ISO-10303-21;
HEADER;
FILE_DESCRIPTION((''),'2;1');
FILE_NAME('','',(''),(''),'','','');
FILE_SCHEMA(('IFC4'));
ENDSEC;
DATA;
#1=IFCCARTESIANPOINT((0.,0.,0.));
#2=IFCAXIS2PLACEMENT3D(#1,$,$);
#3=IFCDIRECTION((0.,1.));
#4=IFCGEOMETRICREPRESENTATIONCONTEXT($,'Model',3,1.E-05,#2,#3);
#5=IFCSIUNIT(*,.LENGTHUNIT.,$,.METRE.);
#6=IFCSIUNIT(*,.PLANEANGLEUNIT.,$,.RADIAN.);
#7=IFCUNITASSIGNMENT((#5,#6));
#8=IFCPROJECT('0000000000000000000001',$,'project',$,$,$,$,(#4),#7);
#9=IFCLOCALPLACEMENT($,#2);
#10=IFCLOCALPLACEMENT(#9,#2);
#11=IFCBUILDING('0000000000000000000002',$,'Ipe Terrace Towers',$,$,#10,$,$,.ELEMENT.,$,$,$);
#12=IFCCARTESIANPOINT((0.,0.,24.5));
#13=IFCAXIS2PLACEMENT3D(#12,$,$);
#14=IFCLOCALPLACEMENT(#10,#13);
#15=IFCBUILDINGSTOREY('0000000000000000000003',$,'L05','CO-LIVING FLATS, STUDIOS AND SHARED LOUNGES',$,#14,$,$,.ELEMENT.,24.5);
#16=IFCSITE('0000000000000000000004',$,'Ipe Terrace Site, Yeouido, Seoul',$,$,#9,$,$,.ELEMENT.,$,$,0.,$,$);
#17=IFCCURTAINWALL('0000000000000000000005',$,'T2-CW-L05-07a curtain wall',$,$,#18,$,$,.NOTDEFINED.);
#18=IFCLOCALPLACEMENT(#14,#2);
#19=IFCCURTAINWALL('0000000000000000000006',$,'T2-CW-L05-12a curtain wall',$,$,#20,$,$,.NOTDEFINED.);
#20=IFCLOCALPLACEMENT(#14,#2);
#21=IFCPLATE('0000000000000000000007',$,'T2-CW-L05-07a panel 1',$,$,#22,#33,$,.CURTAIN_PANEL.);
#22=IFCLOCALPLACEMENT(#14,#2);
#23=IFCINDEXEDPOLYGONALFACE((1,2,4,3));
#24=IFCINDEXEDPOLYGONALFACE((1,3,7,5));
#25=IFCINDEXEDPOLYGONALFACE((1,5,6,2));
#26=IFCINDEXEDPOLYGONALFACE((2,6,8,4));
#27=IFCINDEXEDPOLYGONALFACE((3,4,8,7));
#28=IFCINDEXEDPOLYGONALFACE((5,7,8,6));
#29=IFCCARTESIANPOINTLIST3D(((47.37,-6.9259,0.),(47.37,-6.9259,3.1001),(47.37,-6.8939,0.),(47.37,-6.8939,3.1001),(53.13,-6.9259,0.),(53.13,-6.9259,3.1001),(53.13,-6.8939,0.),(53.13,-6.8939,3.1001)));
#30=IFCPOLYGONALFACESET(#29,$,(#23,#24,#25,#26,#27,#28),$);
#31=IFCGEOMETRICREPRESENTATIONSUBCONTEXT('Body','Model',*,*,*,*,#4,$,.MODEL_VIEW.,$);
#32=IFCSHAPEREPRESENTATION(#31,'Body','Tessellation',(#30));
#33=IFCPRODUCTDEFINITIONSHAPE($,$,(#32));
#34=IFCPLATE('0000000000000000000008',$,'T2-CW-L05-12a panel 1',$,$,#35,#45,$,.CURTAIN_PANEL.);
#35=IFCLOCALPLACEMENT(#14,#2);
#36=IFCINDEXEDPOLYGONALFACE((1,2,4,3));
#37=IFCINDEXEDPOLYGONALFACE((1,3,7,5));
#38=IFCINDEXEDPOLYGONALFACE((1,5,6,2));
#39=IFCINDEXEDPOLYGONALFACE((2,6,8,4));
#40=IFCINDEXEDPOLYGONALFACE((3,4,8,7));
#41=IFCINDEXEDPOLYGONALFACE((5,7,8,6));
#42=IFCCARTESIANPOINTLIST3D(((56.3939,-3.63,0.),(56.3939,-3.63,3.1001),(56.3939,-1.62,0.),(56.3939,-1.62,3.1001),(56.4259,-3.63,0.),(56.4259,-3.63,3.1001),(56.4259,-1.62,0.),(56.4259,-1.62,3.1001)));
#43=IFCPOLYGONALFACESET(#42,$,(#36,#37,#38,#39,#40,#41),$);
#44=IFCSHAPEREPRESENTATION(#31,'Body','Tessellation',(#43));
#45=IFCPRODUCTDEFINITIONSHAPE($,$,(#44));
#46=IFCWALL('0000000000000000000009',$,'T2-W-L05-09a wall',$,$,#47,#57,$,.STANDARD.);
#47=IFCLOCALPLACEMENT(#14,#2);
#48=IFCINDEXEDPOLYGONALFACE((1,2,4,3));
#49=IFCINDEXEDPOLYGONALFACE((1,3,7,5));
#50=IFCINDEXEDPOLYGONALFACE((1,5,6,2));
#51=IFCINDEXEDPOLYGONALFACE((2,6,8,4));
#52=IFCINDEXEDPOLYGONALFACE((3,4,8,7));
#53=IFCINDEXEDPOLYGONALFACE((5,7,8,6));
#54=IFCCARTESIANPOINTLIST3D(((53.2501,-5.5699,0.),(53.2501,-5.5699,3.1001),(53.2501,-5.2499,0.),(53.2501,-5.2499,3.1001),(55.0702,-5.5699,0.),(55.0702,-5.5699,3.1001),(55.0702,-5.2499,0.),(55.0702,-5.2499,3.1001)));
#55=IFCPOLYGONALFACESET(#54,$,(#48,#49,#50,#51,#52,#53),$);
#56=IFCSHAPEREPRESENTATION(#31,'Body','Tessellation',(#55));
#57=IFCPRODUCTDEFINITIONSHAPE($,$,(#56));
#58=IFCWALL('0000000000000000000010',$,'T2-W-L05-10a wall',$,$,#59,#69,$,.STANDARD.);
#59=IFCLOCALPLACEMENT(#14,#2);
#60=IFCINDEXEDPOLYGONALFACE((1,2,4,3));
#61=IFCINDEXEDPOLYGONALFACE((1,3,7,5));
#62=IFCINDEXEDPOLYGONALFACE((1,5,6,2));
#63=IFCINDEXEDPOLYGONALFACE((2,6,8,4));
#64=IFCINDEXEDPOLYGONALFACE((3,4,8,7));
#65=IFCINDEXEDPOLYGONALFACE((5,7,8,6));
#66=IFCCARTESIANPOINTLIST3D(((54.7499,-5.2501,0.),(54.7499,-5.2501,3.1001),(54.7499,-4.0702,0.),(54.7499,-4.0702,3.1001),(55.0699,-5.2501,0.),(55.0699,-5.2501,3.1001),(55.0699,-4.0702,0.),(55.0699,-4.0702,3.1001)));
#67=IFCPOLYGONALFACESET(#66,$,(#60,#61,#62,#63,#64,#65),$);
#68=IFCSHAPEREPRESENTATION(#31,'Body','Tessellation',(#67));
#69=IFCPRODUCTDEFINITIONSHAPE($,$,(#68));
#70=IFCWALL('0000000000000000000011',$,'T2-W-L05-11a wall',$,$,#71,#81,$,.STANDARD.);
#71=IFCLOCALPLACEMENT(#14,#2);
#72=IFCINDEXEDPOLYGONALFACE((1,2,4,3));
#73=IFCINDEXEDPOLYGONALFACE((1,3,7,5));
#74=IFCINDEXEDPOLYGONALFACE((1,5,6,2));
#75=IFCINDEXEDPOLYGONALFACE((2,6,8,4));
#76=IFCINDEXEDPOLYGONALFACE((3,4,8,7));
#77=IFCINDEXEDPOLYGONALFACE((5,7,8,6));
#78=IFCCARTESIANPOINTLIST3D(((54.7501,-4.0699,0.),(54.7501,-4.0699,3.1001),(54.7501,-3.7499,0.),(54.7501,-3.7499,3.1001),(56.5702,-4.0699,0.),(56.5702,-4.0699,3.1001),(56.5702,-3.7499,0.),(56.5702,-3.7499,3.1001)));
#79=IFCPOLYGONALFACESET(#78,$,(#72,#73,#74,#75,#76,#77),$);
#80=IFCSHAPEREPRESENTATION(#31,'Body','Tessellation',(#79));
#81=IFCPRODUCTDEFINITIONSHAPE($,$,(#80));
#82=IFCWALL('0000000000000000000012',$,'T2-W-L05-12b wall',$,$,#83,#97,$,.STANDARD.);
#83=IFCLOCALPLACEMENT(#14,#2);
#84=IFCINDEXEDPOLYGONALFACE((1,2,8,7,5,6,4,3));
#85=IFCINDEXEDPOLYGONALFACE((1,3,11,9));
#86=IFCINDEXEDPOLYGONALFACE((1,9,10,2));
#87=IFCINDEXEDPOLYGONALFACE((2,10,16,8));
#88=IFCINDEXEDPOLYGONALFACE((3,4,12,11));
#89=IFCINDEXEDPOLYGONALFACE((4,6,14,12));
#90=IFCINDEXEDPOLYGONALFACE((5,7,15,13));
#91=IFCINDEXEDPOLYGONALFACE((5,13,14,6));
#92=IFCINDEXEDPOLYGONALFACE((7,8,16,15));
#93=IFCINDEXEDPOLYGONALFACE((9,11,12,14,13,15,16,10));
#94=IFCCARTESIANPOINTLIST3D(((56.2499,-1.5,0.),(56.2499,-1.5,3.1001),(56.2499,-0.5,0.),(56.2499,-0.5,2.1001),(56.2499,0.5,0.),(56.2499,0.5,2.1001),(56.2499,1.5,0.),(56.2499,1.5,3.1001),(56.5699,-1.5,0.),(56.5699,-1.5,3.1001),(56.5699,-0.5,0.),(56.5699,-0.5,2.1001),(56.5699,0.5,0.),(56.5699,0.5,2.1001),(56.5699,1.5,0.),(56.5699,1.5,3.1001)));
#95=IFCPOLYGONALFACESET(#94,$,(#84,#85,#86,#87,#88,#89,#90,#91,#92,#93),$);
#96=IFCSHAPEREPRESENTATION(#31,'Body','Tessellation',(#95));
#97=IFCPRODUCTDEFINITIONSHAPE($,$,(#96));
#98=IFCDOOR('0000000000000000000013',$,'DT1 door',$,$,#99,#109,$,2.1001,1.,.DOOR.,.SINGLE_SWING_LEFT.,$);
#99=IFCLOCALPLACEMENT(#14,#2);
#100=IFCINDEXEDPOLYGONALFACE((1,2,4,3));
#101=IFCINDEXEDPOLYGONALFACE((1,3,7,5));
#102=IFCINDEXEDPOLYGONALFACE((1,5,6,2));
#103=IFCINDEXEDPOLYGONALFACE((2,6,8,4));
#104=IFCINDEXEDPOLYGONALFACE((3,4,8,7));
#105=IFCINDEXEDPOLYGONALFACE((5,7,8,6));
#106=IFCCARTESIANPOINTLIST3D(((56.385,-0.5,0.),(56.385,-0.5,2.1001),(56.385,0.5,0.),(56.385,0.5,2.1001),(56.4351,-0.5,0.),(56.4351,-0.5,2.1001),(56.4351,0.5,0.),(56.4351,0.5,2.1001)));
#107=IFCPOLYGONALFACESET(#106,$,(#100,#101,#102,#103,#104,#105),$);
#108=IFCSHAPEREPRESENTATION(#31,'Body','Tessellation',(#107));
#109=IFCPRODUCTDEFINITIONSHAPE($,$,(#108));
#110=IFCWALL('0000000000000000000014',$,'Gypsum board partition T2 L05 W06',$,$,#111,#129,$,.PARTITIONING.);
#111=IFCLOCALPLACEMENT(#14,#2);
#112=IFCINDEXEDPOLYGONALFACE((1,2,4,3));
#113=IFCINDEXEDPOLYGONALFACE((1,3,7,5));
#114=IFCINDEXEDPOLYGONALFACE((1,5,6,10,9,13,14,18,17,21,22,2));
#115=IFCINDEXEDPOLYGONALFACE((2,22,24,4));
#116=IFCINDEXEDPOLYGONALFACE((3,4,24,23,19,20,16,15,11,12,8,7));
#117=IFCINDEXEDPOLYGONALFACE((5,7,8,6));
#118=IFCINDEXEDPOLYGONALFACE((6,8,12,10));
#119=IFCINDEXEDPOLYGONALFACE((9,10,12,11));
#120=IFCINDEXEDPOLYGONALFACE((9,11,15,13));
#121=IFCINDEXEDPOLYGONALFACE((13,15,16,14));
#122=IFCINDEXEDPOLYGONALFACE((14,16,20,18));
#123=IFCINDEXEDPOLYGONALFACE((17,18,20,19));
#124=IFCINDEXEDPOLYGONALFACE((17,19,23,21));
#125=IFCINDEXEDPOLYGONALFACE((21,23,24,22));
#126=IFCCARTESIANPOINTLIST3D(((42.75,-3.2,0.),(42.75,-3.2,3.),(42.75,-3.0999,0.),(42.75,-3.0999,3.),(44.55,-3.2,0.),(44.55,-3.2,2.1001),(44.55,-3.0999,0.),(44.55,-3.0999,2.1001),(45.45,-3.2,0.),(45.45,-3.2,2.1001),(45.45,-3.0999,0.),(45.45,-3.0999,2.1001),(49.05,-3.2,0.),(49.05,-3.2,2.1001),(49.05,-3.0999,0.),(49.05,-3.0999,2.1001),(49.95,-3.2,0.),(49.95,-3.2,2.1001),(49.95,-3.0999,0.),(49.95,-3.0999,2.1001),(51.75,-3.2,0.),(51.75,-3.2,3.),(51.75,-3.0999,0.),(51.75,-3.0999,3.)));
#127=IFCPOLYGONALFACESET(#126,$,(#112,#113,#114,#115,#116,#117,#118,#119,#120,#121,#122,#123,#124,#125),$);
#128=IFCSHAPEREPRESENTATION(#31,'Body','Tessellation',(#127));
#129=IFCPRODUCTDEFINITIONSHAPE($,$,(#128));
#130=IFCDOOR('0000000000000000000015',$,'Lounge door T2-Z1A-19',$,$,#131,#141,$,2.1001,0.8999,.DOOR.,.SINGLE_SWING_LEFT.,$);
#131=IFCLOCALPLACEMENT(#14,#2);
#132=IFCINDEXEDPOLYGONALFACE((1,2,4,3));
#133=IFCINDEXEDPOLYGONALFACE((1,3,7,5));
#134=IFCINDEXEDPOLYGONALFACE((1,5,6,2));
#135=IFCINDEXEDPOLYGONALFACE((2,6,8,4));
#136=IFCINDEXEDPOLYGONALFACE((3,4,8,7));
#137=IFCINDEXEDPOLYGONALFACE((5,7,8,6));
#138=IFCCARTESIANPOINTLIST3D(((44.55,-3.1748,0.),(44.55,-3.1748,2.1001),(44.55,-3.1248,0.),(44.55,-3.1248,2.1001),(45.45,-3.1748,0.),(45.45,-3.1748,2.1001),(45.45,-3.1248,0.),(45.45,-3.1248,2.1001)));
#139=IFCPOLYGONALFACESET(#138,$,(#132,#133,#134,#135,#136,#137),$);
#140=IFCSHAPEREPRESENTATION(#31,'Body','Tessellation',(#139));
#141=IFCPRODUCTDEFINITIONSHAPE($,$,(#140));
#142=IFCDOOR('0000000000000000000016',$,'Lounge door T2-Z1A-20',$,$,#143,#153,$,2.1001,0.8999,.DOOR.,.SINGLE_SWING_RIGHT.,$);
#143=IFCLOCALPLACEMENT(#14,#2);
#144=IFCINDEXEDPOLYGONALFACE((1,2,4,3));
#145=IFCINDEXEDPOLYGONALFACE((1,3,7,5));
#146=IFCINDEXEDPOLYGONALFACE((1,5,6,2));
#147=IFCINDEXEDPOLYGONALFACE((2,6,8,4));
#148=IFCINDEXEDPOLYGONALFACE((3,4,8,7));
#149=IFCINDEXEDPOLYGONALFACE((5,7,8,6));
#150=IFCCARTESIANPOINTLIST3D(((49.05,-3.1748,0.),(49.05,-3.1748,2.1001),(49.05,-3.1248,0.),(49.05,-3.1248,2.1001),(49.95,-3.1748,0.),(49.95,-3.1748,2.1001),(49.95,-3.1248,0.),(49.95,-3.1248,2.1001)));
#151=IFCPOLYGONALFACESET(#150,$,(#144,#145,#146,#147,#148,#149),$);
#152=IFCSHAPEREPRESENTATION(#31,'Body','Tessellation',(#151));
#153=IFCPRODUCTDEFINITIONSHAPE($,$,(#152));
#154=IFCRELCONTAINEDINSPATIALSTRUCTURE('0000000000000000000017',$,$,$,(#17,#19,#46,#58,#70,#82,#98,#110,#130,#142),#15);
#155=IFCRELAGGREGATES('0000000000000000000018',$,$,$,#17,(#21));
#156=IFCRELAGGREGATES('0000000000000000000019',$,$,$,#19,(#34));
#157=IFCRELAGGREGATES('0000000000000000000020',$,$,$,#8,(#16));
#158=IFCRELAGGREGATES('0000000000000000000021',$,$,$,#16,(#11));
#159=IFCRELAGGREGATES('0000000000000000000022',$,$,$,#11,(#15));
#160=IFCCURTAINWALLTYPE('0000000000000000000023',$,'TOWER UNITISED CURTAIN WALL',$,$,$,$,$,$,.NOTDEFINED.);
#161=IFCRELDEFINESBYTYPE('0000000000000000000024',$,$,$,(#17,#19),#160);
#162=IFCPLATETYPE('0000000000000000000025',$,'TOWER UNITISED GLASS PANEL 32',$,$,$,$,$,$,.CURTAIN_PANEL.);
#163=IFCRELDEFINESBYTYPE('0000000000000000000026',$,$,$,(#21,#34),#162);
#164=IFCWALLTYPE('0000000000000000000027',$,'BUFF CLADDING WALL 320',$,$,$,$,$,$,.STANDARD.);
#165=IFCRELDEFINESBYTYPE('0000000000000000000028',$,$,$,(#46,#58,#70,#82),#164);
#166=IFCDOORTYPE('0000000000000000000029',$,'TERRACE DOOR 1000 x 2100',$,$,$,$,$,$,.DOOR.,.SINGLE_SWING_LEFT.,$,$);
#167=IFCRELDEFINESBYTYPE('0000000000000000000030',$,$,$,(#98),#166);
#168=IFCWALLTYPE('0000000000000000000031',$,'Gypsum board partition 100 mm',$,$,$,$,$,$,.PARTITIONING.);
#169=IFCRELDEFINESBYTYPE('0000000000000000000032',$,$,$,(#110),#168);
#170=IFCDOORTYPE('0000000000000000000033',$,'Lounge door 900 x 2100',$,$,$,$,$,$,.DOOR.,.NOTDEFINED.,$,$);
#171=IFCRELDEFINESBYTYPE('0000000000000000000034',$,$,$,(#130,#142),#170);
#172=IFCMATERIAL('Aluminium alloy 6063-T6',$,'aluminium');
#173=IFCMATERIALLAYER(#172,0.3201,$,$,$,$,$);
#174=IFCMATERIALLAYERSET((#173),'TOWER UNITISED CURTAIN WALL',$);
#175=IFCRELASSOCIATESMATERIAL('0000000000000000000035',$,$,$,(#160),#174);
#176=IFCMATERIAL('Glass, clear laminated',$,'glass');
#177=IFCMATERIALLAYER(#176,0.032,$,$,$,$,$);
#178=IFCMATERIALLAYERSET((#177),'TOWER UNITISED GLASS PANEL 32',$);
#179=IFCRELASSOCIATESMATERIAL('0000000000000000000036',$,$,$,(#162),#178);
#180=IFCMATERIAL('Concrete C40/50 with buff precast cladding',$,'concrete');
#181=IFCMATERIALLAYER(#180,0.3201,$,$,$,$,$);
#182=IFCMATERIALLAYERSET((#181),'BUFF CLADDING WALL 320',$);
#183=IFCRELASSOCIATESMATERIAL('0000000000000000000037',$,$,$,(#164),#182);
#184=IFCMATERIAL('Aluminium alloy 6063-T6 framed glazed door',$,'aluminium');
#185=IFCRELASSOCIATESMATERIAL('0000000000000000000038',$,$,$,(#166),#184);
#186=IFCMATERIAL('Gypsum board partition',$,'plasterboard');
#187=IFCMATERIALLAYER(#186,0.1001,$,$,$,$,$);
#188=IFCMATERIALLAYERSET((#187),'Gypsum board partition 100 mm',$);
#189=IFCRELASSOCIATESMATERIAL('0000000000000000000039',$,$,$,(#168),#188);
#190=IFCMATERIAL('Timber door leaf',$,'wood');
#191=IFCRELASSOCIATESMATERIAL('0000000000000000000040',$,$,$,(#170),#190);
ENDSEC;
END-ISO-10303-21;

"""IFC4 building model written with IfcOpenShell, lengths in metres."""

from ifc_helpers import new_model, si_unit, direction, frame, frame_2d, origin, origin_2d, place, context, subcontext, project, spatial, rectangle, extrude, material, layer, layer_set, type_object, element, fill, aggregate, save


model = new_model("IFC4")

# Units and contexts
model_context = context("Model", 3, precision=1e-05, world=origin(), true_north=direction((0.0, 1.0)))
body_context = subcontext(model_context, "Body", "Model", "MODEL_VIEW")
ifc_project = project(units=[si_unit("LENGTHUNIT", "METRE"), si_unit("PLANEANGLEUNIT", "RADIAN")], contexts=[model_context])

# Site, building, storey
site_placement = place(None, origin())
site = spatial("IfcSite", under=ifc_project, at=site_placement, Name="Ipe Terrace Site, Yeouido, Seoul", CompositionType="ELEMENT", RefElevation=0.0)
building_placement = place(site_placement, origin())
building = spatial("IfcBuilding", under=site, at=building_placement, Name="Ipe Terrace Towers", CompositionType="ELEMENT")
storey_placement = place(building_placement, frame((0.0, 0.0, 24.5)))
storey = spatial("IfcBuildingStorey", under=building, at=storey_placement, Name="L05", Description="CO-LIVING FLATS, STUDIOS AND SHARED LOUNGES", CompositionType="ELEMENT", Elevation=24.5)

# Curtain walls
ifc_material_1 = material(Name="Aluminium alloy 6063-T6", Category="aluminium")
ifc_layer_1 = layer(ifc_material_1, 0.3201)
ifc_layer_set_1 = layer_set([ifc_layer_1], Name="TOWER UNITISED CURTAIN WALL")
curtain_wall_type = type_object("IfcCurtainWallType", Name="TOWER UNITISED CURTAIN WALL", PredefinedType="NOTDEFINED", material=ifc_layer_set_1)
curtain_wall_1_placement = place(storey_placement, origin())
curtain_wall_1 = element("IfcCurtainWall", 1, at=curtain_wall_1_placement, inside=storey, type_object=curtain_wall_type, Name="T2-CW-L05-07a curtain wall", PredefinedType="NOTDEFINED")
curtain_wall_2_placement = place(storey_placement, origin())
curtain_wall_2 = element("IfcCurtainWall", 2, at=curtain_wall_2_placement, inside=storey, type_object=curtain_wall_type, Name="T2-CW-L05-12a curtain wall", PredefinedType="NOTDEFINED")

# Plates
ifc_material_2 = material(Name="Glass, clear laminated", Category="glass")
ifc_layer_2 = layer(ifc_material_2, 0.032)
ifc_layer_set_2 = layer_set([ifc_layer_2], Name="TOWER UNITISED GLASS PANEL 32")
plate_type = type_object("IfcPlateType", Name="TOWER UNITISED GLASS PANEL 32", PredefinedType="CURTAIN_PANEL", material=ifc_layer_set_2)
plate_1_placement = place(storey_placement, frame((50.25, -6.9099, 0.0), z_axis=(0.0, 0.0, 1.0), x_axis=(1.0, 0.0, 0.0)))
plate_1 = element("IfcPlate", 3, at=plate_1_placement, type_object=plate_type, Name="T2-CW-L05-07a panel 1", PredefinedType="CURTAIN_PANEL", context=body_context, shape_type="SweptSolid", body=[
    extrude(rectangle(XDim=5.76, YDim=0.032, at=origin_2d()), origin(), (0.0, 0.0, 1.0), 3.1001),
])
aggregate(curtain_wall_1, [plate_1])
plate_2_placement = place(storey_placement, frame((56.4099, -2.625, 0.0), z_axis=(0.0, 0.0, 1.0), x_axis=(0.0, 1.0, 0.0)))
plate_2 = element("IfcPlate", 4, at=plate_2_placement, type_object=plate_type, Name="T2-CW-L05-12a panel 1", PredefinedType="CURTAIN_PANEL", context=body_context, shape_type="SweptSolid", body=[
    extrude(rectangle(XDim=2.01, YDim=0.032, at=origin_2d()), origin(), (0.0, 0.0, 1.0), 3.1001),
])
aggregate(curtain_wall_2, [plate_2])

# Walls
ifc_material_3 = material(Name="Concrete C40/50 with buff precast cladding", Category="concrete")
ifc_layer_3 = layer(ifc_material_3, 0.3201)
ifc_layer_set_3 = layer_set([ifc_layer_3], Name="BUFF CLADDING WALL 320")
wall_type_1 = type_object("IfcWallType", Name="BUFF CLADDING WALL 320", PredefinedType="STANDARD", material=ifc_layer_set_3)
wall_1_placement = place(storey_placement, frame((53.25, -5.4099, 0.0), z_axis=(0.0, 0.0, 1.0), x_axis=(1.0, 0.0, 0.0)))
element("IfcWall", 5, at=wall_1_placement, inside=storey, type_object=wall_type_1, Name="T2-W-L05-09a wall", PredefinedType="STANDARD", context=body_context, shape_type="SweptSolid", body=[
    extrude(rectangle(XDim=1.8201, YDim=0.3201, at=frame_2d((0.9102, 0.0))), origin(), (0.0, 0.0, 1.0), 3.1001),
])
wall_2_placement = place(storey_placement, frame((54.9099, -5.25, 0.0), z_axis=(0.0, 0.0, 1.0), x_axis=(0.0, 1.0, 0.0)))
element("IfcWall", 6, at=wall_2_placement, inside=storey, type_object=wall_type_1, Name="T2-W-L05-10a wall", PredefinedType="STANDARD", context=body_context, shape_type="SweptSolid", body=[
    extrude(rectangle(XDim=1.1799, YDim=0.3201, at=frame_2d((0.5898, 0.0))), origin(), (0.0, 0.0, 1.0), 3.1001),
])
wall_3_placement = place(storey_placement, frame((54.75, -3.9099, 0.0), z_axis=(0.0, 0.0, 1.0), x_axis=(1.0, 0.0, 0.0)))
element("IfcWall", 7, at=wall_3_placement, inside=storey, type_object=wall_type_1, Name="T2-W-L05-11a wall", PredefinedType="STANDARD", context=body_context, shape_type="SweptSolid", body=[
    extrude(rectangle(XDim=1.8201, YDim=0.3201, at=frame_2d((0.9102, 0.0))), origin(), (0.0, 0.0, 1.0), 3.1001),
])

# Wall, opening, door
wall_4_placement = place(storey_placement, frame((56.4099, -1.5, 0.0), z_axis=(0.0, 0.0, 1.0), x_axis=(0.0, 1.0, 0.0)))
wall_4 = element("IfcWall", 8, at=wall_4_placement, inside=storey, type_object=wall_type_1, Name="T2-W-L05-12b wall", PredefinedType="STANDARD", context=body_context, shape_type="SweptSolid", body=[
    extrude(rectangle(XDim=3.0, YDim=0.3201, at=frame_2d((1.5, 0.0))), origin(), (0.0, 0.0, 1.0), 3.1001),
])
opening_1_placement = place(wall_4_placement, frame((1.0, 0.0, 0.0)))
opening_1 = element("IfcOpeningElement", 9, at=opening_1_placement, cuts=wall_4, PredefinedType="OPENING", context=body_context, shape_type="SweptSolid", body=[
    extrude(rectangle(XDim=1.0, YDim=2.1001, at=frame_2d((0.5, 1.05))), frame((0.0, 0.1699, 0.0), z_axis=(0.0, -1.0, 0.0), x_axis=(1.0, 0.0, 0.0)), (0.0, 0.0, 1.0), 0.3401),
])
ifc_material_4 = material(Name="Aluminium alloy 6063-T6 framed glazed door", Category="aluminium")
door_type_1 = type_object("IfcDoorType", Name="TERRACE DOOR 1000 x 2100", OperationType="SINGLE_SWING_LEFT", PredefinedType="DOOR", material=ifc_material_4)
door_1_placement = place(opening_1_placement, origin())
door_1 = element("IfcDoor", 10, at=door_1_placement, inside=storey, type_object=door_type_1, Name="DT1 door", OperationType="SINGLE_SWING_LEFT", OverallHeight=2.1001, OverallWidth=1.0, PredefinedType="DOOR", context=body_context, shape_type="SweptSolid", body=[
    extrude(rectangle(XDim=1.0, YDim=2.1001, at=frame_2d((0.5, 1.05))), frame((0.0, 0.0249, 0.0), z_axis=(0.0, -1.0, 0.0), x_axis=(1.0, 0.0, 0.0)), (0.0, 0.0, 1.0), 0.05),
])
fill(opening_1, door_1)

# Wall, openings, doors
ifc_material_5 = material(Name="Gypsum board partition", Category="plasterboard")
ifc_layer_4 = layer(ifc_material_5, 0.1001)
ifc_layer_set_4 = layer_set([ifc_layer_4], Name="Gypsum board partition 100 mm")
wall_type_2 = type_object("IfcWallType", Name="Gypsum board partition 100 mm", PredefinedType="PARTITIONING", material=ifc_layer_set_4)
wall_5_placement = place(storey_placement, frame((51.75, -3.1499, 0.0), z_axis=(0.0, 0.0, 1.0), x_axis=(-1.0, 0.0, 0.0)))
wall_5 = element("IfcWall", 11, at=wall_5_placement, inside=storey, type_object=wall_type_2, Name="Gypsum board partition T2 L05 W06", PredefinedType="PARTITIONING", context=body_context, shape_type="SweptSolid", body=[
    extrude(rectangle(XDim=9.0, YDim=0.1001, at=frame_2d((4.5, 0.0))), origin(), (0.0, 0.0, 1.0), 3.0),
])
opening_2_placement = place(wall_5_placement, frame((6.3, 0.0, 0.0)))
opening_2 = element("IfcOpeningElement", 12, at=opening_2_placement, cuts=wall_5, PredefinedType="OPENING", context=body_context, shape_type="SweptSolid", body=[
    extrude(rectangle(XDim=0.8999, YDim=2.1001, at=frame_2d((0.45, 1.05))), frame((0.0, 0.0601, 0.0), z_axis=(0.0, -1.0, 0.0), x_axis=(1.0, 0.0, 0.0)), (0.0, 0.0, 1.0), 0.1201),
])
opening_3_placement = place(wall_5_placement, frame((1.8, 0.0, 0.0)))
opening_3 = element("IfcOpeningElement", 13, at=opening_3_placement, cuts=wall_5, PredefinedType="OPENING", context=body_context, shape_type="SweptSolid", body=[
    extrude(rectangle(XDim=0.8999, YDim=2.1001, at=frame_2d((0.45, 1.05))), frame((0.0, 0.0601, 0.0), z_axis=(0.0, -1.0, 0.0), x_axis=(1.0, 0.0, 0.0)), (0.0, 0.0, 1.0), 0.1201),
])
ifc_material_6 = material(Name="Timber door leaf", Category="wood")
door_type_2 = type_object("IfcDoorType", Name="Lounge door 900 x 2100", OperationType="NOTDEFINED", PredefinedType="DOOR", material=ifc_material_6)
door_2_placement = place(opening_2_placement, origin())
door_2 = element("IfcDoor", 14, at=door_2_placement, inside=storey, type_object=door_type_2, Name="Lounge door T2-Z1A-19", OperationType="SINGLE_SWING_LEFT", OverallHeight=2.1001, OverallWidth=0.8999, PredefinedType="DOOR", context=body_context, shape_type="SweptSolid", body=[
    extrude(rectangle(XDim=0.8999, YDim=2.1001, at=frame_2d((0.45, 1.05))), frame((0.0, 0.0249, 0.0), z_axis=(0.0, -1.0, 0.0), x_axis=(1.0, 0.0, 0.0)), (0.0, 0.0, 1.0), 0.05),
])
fill(opening_2, door_2)
door_3_placement = place(opening_3_placement, origin())
door_3 = element("IfcDoor", 15, at=door_3_placement, inside=storey, type_object=door_type_2, Name="Lounge door T2-Z1A-20", OperationType="SINGLE_SWING_RIGHT", OverallHeight=2.1001, OverallWidth=0.8999, PredefinedType="DOOR", context=body_context, shape_type="SweptSolid", body=[
    extrude(rectangle(XDim=0.8999, YDim=2.1001, at=frame_2d((0.45, 1.05))), frame((0.0, 0.0249, 0.0), z_axis=(0.0, -1.0, 0.0), x_axis=(1.0, 0.0, 0.0)), (0.0, 0.0, 1.0), 0.05),
])
fill(opening_3, door_3)

save(model, "model.ifc")
